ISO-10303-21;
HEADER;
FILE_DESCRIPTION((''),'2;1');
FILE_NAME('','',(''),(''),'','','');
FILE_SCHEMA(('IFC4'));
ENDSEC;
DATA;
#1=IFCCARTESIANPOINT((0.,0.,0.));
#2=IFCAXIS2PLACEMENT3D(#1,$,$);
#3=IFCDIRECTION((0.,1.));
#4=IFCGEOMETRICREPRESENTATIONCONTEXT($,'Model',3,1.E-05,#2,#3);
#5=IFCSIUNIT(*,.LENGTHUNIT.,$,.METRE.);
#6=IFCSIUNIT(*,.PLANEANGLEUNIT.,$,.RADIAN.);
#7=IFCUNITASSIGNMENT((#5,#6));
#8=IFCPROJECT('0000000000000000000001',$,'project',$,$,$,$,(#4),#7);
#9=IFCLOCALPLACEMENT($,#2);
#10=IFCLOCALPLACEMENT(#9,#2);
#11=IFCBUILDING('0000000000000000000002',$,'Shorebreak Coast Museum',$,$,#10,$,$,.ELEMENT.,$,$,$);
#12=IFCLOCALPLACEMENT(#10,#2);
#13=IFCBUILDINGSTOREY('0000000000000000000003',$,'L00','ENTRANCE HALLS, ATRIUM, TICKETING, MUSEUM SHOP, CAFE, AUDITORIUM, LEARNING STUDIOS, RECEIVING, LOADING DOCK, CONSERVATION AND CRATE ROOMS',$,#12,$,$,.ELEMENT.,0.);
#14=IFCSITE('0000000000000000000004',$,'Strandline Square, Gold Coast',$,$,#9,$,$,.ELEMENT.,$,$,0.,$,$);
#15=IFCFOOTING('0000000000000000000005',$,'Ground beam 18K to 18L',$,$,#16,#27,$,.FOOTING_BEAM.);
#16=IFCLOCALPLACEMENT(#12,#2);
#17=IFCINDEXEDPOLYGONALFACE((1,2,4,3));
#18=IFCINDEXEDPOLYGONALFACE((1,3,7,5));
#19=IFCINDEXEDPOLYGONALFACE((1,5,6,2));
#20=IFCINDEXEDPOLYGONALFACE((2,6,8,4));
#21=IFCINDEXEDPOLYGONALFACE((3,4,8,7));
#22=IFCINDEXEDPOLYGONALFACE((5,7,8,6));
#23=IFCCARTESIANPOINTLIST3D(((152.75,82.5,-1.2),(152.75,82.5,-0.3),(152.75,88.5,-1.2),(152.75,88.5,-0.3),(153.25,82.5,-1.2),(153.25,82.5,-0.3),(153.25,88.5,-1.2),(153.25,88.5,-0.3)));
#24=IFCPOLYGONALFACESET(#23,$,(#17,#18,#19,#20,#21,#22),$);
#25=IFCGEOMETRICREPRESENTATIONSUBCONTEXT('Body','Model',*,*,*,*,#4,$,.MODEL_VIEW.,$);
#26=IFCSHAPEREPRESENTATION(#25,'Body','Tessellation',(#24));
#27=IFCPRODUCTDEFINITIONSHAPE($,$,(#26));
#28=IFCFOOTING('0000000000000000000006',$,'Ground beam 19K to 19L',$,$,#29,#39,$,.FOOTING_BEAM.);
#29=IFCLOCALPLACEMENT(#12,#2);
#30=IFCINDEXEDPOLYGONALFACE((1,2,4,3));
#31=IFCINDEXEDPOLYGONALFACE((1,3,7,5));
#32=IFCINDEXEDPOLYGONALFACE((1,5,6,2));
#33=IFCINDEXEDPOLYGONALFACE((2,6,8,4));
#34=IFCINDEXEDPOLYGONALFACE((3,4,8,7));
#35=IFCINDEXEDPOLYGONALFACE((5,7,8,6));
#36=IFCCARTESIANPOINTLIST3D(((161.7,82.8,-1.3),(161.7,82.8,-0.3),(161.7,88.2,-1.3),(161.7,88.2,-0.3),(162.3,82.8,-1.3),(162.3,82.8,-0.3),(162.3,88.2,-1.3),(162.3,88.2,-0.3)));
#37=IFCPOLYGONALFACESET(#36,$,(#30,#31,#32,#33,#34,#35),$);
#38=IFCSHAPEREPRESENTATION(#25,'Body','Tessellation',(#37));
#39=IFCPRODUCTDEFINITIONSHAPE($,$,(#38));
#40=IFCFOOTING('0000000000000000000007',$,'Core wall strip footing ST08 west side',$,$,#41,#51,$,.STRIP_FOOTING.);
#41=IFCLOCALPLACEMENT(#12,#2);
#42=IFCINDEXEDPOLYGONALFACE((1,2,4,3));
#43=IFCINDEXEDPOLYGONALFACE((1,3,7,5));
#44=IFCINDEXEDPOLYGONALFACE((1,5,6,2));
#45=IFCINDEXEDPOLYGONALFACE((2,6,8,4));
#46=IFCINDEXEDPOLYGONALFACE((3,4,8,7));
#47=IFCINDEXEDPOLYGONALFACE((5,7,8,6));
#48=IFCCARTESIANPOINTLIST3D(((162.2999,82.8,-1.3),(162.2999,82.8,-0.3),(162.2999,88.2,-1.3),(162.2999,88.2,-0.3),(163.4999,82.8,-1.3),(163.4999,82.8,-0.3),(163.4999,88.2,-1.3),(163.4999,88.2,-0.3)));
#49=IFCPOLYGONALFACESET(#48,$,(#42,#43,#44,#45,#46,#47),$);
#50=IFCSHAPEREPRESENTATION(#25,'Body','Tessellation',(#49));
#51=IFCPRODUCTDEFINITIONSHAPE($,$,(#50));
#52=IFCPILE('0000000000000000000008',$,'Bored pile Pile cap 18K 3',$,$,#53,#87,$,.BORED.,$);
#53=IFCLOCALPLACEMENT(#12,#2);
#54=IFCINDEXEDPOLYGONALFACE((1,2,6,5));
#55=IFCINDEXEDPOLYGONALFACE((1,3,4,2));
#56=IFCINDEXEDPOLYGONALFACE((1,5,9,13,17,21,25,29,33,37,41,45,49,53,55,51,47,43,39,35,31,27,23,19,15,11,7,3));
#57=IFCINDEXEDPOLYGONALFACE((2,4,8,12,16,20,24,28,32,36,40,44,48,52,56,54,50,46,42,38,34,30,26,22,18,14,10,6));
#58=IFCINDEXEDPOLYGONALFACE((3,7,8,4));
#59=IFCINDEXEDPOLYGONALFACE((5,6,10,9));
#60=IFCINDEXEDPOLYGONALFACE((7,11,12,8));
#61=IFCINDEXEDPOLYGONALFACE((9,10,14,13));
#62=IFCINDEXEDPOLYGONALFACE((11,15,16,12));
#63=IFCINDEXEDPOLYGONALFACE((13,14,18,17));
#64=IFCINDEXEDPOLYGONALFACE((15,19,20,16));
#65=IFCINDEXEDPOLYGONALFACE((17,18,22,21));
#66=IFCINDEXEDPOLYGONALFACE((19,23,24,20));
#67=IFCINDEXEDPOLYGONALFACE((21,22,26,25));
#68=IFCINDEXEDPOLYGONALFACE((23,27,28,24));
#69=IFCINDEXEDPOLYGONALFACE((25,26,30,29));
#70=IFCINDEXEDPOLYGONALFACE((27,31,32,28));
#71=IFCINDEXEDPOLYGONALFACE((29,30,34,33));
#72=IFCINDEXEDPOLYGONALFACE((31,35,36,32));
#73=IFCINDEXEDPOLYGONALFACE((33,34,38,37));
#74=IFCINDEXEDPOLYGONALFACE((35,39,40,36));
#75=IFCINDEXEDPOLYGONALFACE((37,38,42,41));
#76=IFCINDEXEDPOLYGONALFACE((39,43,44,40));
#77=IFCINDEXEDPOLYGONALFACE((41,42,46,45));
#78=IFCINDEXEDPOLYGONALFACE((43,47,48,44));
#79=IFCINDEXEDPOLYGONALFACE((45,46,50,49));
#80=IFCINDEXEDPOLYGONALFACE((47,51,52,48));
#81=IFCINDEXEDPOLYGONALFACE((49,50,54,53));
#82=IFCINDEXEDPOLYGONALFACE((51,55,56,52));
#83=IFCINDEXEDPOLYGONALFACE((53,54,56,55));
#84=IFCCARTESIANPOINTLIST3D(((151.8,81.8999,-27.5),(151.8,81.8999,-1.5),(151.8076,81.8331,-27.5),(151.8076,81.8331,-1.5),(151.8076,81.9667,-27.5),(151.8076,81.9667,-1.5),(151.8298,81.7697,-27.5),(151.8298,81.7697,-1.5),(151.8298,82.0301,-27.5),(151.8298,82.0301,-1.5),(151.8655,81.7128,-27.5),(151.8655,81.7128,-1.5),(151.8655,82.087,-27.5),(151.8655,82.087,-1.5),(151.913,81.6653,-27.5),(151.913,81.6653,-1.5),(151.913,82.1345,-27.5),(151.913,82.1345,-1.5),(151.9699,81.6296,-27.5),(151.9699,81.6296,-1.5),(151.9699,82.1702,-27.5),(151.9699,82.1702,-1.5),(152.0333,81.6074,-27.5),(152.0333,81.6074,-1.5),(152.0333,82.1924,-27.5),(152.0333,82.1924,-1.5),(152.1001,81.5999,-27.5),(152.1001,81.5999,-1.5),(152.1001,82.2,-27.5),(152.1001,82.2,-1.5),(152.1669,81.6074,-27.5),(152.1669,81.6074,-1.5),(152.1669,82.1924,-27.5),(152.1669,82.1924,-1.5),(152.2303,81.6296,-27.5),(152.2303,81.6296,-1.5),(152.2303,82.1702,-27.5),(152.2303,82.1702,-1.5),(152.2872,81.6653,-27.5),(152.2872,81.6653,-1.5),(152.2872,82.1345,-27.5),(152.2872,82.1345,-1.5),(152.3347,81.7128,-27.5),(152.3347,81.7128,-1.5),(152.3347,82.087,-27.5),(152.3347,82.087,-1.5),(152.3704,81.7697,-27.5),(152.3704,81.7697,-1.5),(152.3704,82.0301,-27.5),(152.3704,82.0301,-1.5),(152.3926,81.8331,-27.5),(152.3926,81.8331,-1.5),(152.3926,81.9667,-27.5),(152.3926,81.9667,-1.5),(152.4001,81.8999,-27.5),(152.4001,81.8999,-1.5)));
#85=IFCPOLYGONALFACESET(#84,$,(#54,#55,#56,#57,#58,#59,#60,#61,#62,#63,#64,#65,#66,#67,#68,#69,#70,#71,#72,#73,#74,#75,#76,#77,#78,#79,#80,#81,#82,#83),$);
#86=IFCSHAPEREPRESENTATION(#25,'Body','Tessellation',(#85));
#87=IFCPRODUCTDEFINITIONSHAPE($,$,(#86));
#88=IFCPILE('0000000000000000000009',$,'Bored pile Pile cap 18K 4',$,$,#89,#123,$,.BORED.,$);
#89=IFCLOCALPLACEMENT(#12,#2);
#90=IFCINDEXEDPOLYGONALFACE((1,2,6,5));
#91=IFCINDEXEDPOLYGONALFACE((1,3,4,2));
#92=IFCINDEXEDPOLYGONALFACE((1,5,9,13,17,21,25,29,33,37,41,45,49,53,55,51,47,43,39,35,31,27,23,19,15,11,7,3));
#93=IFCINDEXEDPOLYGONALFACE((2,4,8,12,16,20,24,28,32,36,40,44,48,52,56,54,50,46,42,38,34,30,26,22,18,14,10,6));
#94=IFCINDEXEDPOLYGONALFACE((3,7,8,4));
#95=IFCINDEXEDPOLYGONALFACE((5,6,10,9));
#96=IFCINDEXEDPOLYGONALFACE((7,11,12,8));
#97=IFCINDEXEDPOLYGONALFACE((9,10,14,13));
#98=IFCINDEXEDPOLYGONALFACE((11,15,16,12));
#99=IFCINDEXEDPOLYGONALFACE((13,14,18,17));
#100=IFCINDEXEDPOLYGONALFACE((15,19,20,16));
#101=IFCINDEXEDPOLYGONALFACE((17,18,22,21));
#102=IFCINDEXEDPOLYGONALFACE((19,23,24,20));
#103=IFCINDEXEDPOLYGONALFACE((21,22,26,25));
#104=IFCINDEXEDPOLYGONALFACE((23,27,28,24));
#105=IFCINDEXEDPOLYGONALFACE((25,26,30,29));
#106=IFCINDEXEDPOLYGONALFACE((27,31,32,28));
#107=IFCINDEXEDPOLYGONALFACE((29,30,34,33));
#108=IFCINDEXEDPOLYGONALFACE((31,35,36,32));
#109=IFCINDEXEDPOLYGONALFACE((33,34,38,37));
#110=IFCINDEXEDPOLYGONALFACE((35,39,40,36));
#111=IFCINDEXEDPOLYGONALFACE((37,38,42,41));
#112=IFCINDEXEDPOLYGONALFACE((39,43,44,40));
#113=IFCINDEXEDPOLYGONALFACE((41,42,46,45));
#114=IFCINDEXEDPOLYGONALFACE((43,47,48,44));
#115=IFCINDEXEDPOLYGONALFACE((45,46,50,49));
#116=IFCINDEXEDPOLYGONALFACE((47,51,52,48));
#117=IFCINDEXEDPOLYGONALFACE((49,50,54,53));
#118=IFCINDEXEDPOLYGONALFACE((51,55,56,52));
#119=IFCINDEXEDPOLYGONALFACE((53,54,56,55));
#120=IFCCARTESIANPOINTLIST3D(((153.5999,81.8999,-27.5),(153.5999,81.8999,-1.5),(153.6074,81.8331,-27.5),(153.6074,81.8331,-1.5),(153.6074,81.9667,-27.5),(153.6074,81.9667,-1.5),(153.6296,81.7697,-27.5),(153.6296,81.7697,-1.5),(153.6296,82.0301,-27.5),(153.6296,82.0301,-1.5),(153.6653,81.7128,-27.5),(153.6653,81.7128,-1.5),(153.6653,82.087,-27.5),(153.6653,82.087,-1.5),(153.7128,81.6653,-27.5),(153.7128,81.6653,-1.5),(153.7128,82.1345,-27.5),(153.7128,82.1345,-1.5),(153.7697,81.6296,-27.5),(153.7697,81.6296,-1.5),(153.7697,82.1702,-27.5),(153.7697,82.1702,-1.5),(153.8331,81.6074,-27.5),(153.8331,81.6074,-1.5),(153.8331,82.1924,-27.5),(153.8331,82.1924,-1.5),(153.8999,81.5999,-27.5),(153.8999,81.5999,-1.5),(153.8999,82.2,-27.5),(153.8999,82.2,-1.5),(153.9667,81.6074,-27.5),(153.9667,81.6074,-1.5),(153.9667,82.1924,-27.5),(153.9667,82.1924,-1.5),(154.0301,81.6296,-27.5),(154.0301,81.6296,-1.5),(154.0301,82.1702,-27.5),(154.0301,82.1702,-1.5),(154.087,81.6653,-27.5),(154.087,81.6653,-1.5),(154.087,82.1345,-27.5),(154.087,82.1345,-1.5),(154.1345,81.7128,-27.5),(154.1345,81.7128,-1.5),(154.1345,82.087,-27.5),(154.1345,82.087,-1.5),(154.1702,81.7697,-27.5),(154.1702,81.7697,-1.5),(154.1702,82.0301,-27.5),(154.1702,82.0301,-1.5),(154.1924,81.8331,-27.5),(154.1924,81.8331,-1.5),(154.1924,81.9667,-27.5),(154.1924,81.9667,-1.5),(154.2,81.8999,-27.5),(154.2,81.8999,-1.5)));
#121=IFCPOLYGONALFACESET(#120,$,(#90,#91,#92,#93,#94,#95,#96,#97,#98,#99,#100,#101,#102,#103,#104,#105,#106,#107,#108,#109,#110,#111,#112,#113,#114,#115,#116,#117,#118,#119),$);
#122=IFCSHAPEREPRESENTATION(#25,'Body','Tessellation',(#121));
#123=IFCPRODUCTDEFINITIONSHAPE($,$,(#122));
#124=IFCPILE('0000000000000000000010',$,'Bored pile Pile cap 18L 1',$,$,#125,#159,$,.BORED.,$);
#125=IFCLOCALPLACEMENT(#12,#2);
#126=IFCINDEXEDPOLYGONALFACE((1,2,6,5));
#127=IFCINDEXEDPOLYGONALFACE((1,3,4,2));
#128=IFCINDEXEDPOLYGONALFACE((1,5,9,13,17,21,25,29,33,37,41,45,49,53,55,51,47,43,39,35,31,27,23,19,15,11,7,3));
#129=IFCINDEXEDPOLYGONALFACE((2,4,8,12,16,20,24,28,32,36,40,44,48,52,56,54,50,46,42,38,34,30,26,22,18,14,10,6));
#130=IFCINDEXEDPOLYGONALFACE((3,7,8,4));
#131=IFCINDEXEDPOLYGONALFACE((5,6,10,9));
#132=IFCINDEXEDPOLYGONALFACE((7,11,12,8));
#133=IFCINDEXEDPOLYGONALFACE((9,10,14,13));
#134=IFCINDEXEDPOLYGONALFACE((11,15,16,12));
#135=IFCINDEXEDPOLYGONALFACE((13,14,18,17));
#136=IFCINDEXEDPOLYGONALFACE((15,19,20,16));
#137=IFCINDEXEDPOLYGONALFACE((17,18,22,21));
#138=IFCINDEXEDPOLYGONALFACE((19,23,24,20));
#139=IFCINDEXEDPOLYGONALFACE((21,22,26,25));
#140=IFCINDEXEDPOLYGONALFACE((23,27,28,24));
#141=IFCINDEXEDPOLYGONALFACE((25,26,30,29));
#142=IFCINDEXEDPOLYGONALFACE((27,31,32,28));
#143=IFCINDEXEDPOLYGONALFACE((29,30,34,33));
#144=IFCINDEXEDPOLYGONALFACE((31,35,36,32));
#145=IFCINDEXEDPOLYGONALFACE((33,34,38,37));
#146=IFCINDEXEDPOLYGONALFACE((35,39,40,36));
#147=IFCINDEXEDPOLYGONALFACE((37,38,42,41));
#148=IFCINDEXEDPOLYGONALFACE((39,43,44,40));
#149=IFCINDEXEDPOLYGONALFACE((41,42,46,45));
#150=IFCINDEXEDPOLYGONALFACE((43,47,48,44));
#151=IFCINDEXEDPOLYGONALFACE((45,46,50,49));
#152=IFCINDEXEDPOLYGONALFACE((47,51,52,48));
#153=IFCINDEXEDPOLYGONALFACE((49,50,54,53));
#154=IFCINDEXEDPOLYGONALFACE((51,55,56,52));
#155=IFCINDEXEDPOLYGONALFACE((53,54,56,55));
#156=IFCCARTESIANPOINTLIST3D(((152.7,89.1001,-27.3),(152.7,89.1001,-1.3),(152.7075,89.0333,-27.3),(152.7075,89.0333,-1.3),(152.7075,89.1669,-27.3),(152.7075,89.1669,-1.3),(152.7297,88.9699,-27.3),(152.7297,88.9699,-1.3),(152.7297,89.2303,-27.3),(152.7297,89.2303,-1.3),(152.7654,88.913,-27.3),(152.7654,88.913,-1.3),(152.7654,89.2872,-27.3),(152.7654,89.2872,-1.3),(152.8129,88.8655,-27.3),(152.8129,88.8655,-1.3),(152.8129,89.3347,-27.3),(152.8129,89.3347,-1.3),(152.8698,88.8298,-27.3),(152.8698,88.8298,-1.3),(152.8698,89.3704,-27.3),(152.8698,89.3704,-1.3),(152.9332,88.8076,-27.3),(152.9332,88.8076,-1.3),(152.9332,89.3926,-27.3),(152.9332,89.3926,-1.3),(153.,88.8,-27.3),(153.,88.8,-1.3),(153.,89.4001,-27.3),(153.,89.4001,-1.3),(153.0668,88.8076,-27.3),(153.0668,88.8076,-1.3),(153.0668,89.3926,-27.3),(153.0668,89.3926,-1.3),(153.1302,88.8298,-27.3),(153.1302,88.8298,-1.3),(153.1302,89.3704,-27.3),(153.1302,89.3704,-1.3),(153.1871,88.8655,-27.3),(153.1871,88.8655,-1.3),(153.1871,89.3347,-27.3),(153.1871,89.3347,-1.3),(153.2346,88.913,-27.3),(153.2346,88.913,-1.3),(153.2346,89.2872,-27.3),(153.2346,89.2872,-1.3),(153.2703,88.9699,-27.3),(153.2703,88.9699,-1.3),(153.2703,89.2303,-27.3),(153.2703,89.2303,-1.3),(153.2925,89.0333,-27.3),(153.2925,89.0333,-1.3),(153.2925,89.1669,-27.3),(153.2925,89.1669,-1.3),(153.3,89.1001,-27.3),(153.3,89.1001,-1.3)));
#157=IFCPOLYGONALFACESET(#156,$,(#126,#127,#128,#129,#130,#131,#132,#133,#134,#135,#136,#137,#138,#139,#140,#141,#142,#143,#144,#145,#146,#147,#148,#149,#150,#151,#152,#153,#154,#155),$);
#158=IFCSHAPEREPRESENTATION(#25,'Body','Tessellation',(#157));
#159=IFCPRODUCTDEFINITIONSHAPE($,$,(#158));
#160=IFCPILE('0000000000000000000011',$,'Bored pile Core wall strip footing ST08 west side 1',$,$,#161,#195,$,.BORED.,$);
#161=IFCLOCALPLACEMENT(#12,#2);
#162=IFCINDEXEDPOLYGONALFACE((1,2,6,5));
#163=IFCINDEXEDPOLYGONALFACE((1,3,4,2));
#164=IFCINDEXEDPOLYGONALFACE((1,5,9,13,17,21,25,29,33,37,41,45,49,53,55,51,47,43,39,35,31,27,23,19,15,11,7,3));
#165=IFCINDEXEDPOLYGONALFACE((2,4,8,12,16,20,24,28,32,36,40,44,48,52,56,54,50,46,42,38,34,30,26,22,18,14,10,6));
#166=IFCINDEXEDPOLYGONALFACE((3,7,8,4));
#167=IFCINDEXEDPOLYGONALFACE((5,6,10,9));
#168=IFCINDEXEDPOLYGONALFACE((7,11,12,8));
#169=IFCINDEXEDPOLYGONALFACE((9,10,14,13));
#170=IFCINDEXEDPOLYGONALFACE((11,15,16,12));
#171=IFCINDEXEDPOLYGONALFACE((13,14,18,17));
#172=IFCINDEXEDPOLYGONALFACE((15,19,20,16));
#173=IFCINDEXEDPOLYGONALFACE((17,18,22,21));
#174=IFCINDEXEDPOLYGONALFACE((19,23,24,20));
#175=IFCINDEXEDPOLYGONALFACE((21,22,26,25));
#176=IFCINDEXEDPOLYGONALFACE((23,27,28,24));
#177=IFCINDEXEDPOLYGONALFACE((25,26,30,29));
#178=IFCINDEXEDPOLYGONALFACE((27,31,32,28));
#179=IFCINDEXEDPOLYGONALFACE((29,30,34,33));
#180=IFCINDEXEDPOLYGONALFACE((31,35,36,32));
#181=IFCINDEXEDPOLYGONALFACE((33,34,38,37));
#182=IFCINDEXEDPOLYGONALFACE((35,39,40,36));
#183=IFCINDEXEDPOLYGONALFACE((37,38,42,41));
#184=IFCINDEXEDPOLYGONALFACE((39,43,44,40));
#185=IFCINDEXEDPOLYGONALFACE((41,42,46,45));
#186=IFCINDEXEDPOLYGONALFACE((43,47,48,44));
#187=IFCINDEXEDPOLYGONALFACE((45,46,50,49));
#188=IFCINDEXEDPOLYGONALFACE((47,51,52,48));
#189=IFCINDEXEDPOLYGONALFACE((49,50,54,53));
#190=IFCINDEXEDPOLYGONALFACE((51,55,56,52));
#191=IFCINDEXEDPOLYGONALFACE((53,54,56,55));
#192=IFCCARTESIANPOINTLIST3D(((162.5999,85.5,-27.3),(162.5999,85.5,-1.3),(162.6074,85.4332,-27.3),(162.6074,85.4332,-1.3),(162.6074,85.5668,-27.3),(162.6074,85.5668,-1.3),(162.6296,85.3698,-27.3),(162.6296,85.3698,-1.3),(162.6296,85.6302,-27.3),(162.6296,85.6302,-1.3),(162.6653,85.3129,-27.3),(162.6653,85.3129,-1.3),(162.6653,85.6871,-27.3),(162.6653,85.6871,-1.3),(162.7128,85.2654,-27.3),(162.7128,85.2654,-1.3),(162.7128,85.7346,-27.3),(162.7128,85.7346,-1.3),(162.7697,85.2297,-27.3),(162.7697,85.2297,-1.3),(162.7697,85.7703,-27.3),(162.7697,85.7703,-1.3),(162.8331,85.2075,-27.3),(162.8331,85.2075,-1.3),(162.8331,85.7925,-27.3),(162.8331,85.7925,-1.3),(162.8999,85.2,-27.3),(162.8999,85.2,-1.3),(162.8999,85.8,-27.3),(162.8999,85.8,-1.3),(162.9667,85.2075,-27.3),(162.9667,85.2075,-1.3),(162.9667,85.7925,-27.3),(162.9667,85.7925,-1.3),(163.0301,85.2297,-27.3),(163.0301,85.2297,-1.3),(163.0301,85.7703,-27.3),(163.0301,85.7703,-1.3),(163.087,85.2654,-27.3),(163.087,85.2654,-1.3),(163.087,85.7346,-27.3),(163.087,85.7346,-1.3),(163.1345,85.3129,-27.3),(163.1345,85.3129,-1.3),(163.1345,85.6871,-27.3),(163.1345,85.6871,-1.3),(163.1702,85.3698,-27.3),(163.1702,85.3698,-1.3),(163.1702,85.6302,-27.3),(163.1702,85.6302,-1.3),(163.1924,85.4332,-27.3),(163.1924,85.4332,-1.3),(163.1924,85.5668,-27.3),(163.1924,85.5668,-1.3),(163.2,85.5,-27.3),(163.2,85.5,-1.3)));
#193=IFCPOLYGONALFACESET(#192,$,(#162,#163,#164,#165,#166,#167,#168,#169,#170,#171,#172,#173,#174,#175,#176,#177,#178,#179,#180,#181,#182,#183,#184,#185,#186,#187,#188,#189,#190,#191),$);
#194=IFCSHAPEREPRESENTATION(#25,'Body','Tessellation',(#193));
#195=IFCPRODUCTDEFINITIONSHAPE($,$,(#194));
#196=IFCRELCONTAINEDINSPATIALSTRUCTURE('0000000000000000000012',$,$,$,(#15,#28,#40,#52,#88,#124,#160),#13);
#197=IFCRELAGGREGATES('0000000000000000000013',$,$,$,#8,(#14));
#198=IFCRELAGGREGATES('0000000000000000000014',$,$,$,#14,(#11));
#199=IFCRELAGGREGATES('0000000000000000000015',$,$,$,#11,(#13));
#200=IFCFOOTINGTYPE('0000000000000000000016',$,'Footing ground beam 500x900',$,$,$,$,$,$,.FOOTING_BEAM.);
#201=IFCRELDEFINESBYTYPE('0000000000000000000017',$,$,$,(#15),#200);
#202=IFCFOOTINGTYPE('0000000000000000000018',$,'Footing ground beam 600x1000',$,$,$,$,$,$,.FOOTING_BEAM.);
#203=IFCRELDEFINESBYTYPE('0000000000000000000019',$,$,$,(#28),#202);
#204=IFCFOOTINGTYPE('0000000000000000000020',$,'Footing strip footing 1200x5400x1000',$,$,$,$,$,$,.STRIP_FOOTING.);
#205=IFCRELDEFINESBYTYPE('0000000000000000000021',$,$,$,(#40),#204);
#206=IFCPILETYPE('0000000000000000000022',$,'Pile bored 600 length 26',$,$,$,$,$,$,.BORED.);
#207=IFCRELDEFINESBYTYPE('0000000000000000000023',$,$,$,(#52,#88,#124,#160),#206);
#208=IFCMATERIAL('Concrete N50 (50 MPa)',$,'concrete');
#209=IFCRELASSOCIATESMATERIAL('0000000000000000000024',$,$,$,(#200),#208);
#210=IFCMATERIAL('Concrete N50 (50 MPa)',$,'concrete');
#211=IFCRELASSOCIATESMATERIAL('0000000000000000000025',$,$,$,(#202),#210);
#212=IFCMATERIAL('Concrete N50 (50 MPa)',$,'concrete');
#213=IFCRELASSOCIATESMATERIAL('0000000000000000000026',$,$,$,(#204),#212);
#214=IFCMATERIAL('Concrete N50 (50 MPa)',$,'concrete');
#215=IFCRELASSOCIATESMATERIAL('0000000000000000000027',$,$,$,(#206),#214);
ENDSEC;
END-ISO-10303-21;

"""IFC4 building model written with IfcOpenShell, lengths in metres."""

from ifc_helpers import new_model, si_unit, direction, frame, origin, origin_2d, place, context, subcontext, project, spatial, rectangle, circle, extrude, material, material_profile, profile_set, type_object, element, save


model = new_model("IFC4")

# Units and contexts
model_context = context("Model", 3, precision=1e-05, world=origin(), true_north=direction((0.0, 1.0)))
body_context = subcontext(model_context, "Body", "Model", "MODEL_VIEW")
ifc_project = project(units=[si_unit("LENGTHUNIT", "METRE"), si_unit("PLANEANGLEUNIT", "RADIAN")], contexts=[model_context])

# Site, building, storey
site_placement = place(None, origin())
site = spatial("IfcSite", under=ifc_project, at=site_placement, Name="Strandline Square, Gold Coast", CompositionType="ELEMENT", RefElevation=0.0)
building_placement = place(site_placement, origin())
building = spatial("IfcBuilding", under=site, at=building_placement, Name="Shorebreak Coast Museum", CompositionType="ELEMENT")
storey_placement = place(building_placement, origin())
storey = spatial("IfcBuildingStorey", under=building, at=storey_placement, Name="L00", Description="ENTRANCE HALLS, ATRIUM, TICKETING, MUSEUM SHOP, CAFE, AUDITORIUM, LEARNING STUDIOS, RECEIVING, LOADING DOCK, CONSERVATION AND CRATE ROOMS", CompositionType="ELEMENT", Elevation=0.0)

# Footings
ifc_material_1 = material(Name="Concrete N50 (50 MPa)", Category="concrete")
footing_type_1 = type_object("IfcFootingType", Name="Footing ground beam 500x900", PredefinedType="FOOTING_BEAM", material=ifc_material_1)
footing_1_placement = place(storey_placement, frame((153.0, 85.5, -1.2), z_axis=(0.0, 0.0, 1.0), x_axis=(1.0, 0.0, 0.0)))
element("IfcFooting", 1, at=footing_1_placement, inside=storey, type_object=footing_type_1, Name="Ground beam 18K to 18L", PredefinedType="FOOTING_BEAM", context=body_context, shape_type="SweptSolid", body=[
    extrude(rectangle(XDim=0.5, YDim=6.0, at=origin_2d()), origin(), (0.0, 0.0, 1.0), 0.8999),
])
ifc_material_2 = material(Name="Concrete N50 (50 MPa)", Category="concrete")
footing_type_2 = type_object("IfcFootingType", Name="Footing ground beam 600x1000", PredefinedType="FOOTING_BEAM", material=ifc_material_2)
footing_2_placement = place(storey_placement, frame((162.0, 85.5, -1.3), z_axis=(0.0, 0.0, 1.0), x_axis=(1.0, 0.0, 0.0)))
element("IfcFooting", 2, at=footing_2_placement, inside=storey, type_object=footing_type_2, Name="Ground beam 19K to 19L", PredefinedType="FOOTING_BEAM", context=body_context, shape_type="SweptSolid", body=[
    extrude(rectangle(XDim=0.6001, YDim=5.3999, at=origin_2d()), origin(), (0.0, 0.0, 1.0), 1.0),
])
ifc_material_3 = material(Name="Concrete N50 (50 MPa)", Category="concrete")
footing_type_3 = type_object("IfcFootingType", Name="Footing strip footing 1200x5400x1000", PredefinedType="STRIP_FOOTING", material=ifc_material_3)
footing_3_placement = place(storey_placement, frame((162.8999, 85.5, -1.3), z_axis=(0.0, 0.0, 1.0), x_axis=(1.0, 0.0, 0.0)))
element("IfcFooting", 3, at=footing_3_placement, inside=storey, type_object=footing_type_3, Name="Core wall strip footing ST08 west side", PredefinedType="STRIP_FOOTING", context=body_context, shape_type="SweptSolid", body=[
    extrude(rectangle(XDim=1.2, YDim=5.3999, at=origin_2d()), origin(), (0.0, 0.0, 1.0), 1.0),
])

# Piles
ifc_material_4 = material(Name="Concrete N50 (50 MPa)", Category="concrete")
ifc_material_profile_1 = material_profile(ifc_material_4, circle(Radius=0.3, at=origin_2d()), Name="Pile bored 600 length 26")
ifc_profile_set_1 = profile_set([ifc_material_profile_1], Name="Concrete N50 (50 MPa)")
pile_type_1 = type_object("IfcPileType", Name="Pile bored 600 length 26", PredefinedType="BORED", material=ifc_profile_set_1)
for number, where, z_axis, x_axis, name in (
    (4, (152.1001, 81.8999, -1.5), (0.0, 0.0, -1.0), (1.0, 0.0, 0.0), "Bored pile Pile cap 18K 3"),
    (5, (153.8999, 81.8999, -1.5), (0.0, 0.0, -1.0), (1.0, 0.0, 0.0), "Bored pile Pile cap 18K 4"),
    (6, (153.0, 89.1001, -1.3), (0.0, 0.0, -1.0), (1.0, 0.0, 0.0), "Bored pile Pile cap 18L 1"),
    (7, (162.8999, 85.5, -1.3), (0.0, 0.0, -1.0), (1.0, 0.0, 0.0), "Bored pile Core wall strip footing ST08 west side 1"),
):
    element("IfcPile", number, at=place(storey_placement, frame(where, z_axis=z_axis, x_axis=x_axis)), inside=storey, type_object=pile_type_1, Name=name, PredefinedType="BORED", context=body_context, shape_type="SweptSolid", body=[
        extrude(circle(Radius=0.3, at=origin_2d()), origin(), (0.0, 0.0, 1.0), 26.0),
    ])

save(model, "model.ifc")
